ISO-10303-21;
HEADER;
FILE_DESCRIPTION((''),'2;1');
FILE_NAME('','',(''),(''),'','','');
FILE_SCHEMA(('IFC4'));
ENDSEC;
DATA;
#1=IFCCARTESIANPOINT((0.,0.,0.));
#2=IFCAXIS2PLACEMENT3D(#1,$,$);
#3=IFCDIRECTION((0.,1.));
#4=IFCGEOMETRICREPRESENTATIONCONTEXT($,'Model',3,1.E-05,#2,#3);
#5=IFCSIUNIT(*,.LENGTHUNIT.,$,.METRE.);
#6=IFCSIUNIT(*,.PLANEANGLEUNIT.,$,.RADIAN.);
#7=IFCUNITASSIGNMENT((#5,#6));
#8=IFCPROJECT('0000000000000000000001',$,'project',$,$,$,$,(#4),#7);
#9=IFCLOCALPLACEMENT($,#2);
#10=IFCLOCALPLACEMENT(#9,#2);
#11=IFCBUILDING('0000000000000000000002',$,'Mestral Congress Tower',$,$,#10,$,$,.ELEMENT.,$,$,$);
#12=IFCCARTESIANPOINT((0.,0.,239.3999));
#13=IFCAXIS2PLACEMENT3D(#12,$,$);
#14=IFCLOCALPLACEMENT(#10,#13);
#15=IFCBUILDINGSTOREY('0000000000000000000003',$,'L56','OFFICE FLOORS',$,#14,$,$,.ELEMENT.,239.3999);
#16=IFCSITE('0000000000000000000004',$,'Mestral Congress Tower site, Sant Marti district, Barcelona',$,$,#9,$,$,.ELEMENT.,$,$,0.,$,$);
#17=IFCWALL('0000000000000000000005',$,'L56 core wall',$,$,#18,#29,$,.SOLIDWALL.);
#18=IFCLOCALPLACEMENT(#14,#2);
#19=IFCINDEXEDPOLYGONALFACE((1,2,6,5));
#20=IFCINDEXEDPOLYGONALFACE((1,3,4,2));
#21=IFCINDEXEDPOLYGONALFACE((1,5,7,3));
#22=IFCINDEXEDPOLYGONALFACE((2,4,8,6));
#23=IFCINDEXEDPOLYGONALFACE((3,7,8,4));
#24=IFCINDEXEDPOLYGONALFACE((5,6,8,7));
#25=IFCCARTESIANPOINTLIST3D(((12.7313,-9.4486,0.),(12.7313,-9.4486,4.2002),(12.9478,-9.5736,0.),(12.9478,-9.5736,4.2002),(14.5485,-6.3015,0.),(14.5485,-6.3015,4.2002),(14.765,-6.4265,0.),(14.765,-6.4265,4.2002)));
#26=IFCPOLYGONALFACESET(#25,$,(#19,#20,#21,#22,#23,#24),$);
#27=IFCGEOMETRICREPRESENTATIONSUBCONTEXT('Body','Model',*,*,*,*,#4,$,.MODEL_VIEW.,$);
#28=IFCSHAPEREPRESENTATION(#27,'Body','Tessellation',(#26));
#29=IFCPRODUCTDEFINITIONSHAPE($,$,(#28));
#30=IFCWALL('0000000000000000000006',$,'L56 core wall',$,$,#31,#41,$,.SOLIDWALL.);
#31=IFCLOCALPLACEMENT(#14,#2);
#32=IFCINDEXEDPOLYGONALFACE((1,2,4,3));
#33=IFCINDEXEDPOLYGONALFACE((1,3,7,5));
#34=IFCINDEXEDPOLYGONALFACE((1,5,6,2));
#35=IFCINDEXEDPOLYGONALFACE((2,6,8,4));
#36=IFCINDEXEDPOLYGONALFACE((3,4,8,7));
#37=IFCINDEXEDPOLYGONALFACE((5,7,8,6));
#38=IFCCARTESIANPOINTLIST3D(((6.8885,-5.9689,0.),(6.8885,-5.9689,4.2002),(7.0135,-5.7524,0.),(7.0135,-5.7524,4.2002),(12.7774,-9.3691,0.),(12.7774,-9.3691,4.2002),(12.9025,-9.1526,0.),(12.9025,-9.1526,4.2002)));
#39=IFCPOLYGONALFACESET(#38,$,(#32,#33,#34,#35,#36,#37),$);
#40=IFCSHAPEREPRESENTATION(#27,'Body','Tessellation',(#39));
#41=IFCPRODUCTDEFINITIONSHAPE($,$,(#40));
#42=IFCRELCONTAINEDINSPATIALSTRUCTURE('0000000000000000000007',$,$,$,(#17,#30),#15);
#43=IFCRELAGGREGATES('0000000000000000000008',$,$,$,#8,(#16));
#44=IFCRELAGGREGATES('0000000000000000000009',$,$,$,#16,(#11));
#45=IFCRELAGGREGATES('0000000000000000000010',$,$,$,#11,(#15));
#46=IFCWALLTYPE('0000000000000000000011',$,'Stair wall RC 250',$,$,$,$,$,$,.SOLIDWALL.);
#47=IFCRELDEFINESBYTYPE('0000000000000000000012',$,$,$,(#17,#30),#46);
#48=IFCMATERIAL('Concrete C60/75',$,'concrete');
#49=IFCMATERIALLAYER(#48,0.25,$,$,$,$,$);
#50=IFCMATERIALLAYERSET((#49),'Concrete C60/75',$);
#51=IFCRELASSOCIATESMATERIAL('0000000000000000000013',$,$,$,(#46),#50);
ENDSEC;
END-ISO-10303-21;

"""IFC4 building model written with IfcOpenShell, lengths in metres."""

from ifc_helpers import new_model, si_unit, direction, frame, frame_2d, origin, place, context, subcontext, project, spatial, rectangle, extrude, material, layer, layer_set, type_object, element, save


model = new_model("IFC4")

# Units and contexts
model_context = context("Model", 3, precision=1e-05, world=origin(), true_north=direction((0.0, 1.0)))
body_context = subcontext(model_context, "Body", "Model", "MODEL_VIEW")
ifc_project = project(units=[si_unit("LENGTHUNIT", "METRE"), si_unit("PLANEANGLEUNIT", "RADIAN")], contexts=[model_context])

# Site, building, storey
site_placement = place(None, origin())
site = spatial("IfcSite", under=ifc_project, at=site_placement, Name="Mestral Congress Tower site, Sant Marti district, Barcelona", CompositionType="ELEMENT", RefElevation=0.0)
building_placement = place(site_placement, origin())
building = spatial("IfcBuilding", under=site, at=building_placement, Name="Mestral Congress Tower", CompositionType="ELEMENT")
storey_placement = place(building_placement, frame((0.0, 0.0, 239.3999)))
storey = spatial("IfcBuildingStorey", under=building, at=storey_placement, Name="L56", Description="OFFICE FLOORS", CompositionType="ELEMENT", Elevation=239.3999)

# Shared definitions
ifc_material_1 = material(Name="Concrete C60/75", Category="concrete")

# Walls
ifc_layer_1 = layer(ifc_material_1, 0.25)
ifc_layer_set_1 = layer_set([ifc_layer_1], Name="Concrete C60/75")
wall_type_1 = type_object("IfcWallType", Name="Stair wall RC 250", PredefinedType="SOLIDWALL", material=ifc_layer_set_1)
wall_1_placement = place(storey_placement, frame((12.8396, -9.511, 0.0), z_axis=(0.0, 0.0, 1.0), x_axis=(0.500048, 0.865998, 0.0)))
element("IfcWall", 1, at=wall_1_placement, inside=storey, type_object=wall_type_1, Name="L56 core wall", PredefinedType="SOLIDWALL", context=body_context, shape_type="SweptSolid", body=[
    extrude(rectangle(XDim=3.634, YDim=0.25, at=frame_2d((1.8169, 0.0))), origin(), (0.0, 0.0, 1.0), 4.2002),
])
wall_2_placement = place(storey_placement, frame((12.8398, -9.2607, 0.0), z_axis=(0.0, 0.0, 1.0), x_axis=(-0.866014, 0.50002, 0.0)))
element("IfcWall", 2, at=wall_2_placement, inside=storey, type_object=wall_type_1, Name="L56 core wall", PredefinedType="SOLIDWALL", context=body_context, shape_type="SweptSolid", body=[
    extrude(rectangle(XDim=6.8, YDim=0.25, at=frame_2d((3.3999, 0.0))), origin(), (0.0, 0.0, 1.0), 4.2002),
])

save(model, "model.ifc")
